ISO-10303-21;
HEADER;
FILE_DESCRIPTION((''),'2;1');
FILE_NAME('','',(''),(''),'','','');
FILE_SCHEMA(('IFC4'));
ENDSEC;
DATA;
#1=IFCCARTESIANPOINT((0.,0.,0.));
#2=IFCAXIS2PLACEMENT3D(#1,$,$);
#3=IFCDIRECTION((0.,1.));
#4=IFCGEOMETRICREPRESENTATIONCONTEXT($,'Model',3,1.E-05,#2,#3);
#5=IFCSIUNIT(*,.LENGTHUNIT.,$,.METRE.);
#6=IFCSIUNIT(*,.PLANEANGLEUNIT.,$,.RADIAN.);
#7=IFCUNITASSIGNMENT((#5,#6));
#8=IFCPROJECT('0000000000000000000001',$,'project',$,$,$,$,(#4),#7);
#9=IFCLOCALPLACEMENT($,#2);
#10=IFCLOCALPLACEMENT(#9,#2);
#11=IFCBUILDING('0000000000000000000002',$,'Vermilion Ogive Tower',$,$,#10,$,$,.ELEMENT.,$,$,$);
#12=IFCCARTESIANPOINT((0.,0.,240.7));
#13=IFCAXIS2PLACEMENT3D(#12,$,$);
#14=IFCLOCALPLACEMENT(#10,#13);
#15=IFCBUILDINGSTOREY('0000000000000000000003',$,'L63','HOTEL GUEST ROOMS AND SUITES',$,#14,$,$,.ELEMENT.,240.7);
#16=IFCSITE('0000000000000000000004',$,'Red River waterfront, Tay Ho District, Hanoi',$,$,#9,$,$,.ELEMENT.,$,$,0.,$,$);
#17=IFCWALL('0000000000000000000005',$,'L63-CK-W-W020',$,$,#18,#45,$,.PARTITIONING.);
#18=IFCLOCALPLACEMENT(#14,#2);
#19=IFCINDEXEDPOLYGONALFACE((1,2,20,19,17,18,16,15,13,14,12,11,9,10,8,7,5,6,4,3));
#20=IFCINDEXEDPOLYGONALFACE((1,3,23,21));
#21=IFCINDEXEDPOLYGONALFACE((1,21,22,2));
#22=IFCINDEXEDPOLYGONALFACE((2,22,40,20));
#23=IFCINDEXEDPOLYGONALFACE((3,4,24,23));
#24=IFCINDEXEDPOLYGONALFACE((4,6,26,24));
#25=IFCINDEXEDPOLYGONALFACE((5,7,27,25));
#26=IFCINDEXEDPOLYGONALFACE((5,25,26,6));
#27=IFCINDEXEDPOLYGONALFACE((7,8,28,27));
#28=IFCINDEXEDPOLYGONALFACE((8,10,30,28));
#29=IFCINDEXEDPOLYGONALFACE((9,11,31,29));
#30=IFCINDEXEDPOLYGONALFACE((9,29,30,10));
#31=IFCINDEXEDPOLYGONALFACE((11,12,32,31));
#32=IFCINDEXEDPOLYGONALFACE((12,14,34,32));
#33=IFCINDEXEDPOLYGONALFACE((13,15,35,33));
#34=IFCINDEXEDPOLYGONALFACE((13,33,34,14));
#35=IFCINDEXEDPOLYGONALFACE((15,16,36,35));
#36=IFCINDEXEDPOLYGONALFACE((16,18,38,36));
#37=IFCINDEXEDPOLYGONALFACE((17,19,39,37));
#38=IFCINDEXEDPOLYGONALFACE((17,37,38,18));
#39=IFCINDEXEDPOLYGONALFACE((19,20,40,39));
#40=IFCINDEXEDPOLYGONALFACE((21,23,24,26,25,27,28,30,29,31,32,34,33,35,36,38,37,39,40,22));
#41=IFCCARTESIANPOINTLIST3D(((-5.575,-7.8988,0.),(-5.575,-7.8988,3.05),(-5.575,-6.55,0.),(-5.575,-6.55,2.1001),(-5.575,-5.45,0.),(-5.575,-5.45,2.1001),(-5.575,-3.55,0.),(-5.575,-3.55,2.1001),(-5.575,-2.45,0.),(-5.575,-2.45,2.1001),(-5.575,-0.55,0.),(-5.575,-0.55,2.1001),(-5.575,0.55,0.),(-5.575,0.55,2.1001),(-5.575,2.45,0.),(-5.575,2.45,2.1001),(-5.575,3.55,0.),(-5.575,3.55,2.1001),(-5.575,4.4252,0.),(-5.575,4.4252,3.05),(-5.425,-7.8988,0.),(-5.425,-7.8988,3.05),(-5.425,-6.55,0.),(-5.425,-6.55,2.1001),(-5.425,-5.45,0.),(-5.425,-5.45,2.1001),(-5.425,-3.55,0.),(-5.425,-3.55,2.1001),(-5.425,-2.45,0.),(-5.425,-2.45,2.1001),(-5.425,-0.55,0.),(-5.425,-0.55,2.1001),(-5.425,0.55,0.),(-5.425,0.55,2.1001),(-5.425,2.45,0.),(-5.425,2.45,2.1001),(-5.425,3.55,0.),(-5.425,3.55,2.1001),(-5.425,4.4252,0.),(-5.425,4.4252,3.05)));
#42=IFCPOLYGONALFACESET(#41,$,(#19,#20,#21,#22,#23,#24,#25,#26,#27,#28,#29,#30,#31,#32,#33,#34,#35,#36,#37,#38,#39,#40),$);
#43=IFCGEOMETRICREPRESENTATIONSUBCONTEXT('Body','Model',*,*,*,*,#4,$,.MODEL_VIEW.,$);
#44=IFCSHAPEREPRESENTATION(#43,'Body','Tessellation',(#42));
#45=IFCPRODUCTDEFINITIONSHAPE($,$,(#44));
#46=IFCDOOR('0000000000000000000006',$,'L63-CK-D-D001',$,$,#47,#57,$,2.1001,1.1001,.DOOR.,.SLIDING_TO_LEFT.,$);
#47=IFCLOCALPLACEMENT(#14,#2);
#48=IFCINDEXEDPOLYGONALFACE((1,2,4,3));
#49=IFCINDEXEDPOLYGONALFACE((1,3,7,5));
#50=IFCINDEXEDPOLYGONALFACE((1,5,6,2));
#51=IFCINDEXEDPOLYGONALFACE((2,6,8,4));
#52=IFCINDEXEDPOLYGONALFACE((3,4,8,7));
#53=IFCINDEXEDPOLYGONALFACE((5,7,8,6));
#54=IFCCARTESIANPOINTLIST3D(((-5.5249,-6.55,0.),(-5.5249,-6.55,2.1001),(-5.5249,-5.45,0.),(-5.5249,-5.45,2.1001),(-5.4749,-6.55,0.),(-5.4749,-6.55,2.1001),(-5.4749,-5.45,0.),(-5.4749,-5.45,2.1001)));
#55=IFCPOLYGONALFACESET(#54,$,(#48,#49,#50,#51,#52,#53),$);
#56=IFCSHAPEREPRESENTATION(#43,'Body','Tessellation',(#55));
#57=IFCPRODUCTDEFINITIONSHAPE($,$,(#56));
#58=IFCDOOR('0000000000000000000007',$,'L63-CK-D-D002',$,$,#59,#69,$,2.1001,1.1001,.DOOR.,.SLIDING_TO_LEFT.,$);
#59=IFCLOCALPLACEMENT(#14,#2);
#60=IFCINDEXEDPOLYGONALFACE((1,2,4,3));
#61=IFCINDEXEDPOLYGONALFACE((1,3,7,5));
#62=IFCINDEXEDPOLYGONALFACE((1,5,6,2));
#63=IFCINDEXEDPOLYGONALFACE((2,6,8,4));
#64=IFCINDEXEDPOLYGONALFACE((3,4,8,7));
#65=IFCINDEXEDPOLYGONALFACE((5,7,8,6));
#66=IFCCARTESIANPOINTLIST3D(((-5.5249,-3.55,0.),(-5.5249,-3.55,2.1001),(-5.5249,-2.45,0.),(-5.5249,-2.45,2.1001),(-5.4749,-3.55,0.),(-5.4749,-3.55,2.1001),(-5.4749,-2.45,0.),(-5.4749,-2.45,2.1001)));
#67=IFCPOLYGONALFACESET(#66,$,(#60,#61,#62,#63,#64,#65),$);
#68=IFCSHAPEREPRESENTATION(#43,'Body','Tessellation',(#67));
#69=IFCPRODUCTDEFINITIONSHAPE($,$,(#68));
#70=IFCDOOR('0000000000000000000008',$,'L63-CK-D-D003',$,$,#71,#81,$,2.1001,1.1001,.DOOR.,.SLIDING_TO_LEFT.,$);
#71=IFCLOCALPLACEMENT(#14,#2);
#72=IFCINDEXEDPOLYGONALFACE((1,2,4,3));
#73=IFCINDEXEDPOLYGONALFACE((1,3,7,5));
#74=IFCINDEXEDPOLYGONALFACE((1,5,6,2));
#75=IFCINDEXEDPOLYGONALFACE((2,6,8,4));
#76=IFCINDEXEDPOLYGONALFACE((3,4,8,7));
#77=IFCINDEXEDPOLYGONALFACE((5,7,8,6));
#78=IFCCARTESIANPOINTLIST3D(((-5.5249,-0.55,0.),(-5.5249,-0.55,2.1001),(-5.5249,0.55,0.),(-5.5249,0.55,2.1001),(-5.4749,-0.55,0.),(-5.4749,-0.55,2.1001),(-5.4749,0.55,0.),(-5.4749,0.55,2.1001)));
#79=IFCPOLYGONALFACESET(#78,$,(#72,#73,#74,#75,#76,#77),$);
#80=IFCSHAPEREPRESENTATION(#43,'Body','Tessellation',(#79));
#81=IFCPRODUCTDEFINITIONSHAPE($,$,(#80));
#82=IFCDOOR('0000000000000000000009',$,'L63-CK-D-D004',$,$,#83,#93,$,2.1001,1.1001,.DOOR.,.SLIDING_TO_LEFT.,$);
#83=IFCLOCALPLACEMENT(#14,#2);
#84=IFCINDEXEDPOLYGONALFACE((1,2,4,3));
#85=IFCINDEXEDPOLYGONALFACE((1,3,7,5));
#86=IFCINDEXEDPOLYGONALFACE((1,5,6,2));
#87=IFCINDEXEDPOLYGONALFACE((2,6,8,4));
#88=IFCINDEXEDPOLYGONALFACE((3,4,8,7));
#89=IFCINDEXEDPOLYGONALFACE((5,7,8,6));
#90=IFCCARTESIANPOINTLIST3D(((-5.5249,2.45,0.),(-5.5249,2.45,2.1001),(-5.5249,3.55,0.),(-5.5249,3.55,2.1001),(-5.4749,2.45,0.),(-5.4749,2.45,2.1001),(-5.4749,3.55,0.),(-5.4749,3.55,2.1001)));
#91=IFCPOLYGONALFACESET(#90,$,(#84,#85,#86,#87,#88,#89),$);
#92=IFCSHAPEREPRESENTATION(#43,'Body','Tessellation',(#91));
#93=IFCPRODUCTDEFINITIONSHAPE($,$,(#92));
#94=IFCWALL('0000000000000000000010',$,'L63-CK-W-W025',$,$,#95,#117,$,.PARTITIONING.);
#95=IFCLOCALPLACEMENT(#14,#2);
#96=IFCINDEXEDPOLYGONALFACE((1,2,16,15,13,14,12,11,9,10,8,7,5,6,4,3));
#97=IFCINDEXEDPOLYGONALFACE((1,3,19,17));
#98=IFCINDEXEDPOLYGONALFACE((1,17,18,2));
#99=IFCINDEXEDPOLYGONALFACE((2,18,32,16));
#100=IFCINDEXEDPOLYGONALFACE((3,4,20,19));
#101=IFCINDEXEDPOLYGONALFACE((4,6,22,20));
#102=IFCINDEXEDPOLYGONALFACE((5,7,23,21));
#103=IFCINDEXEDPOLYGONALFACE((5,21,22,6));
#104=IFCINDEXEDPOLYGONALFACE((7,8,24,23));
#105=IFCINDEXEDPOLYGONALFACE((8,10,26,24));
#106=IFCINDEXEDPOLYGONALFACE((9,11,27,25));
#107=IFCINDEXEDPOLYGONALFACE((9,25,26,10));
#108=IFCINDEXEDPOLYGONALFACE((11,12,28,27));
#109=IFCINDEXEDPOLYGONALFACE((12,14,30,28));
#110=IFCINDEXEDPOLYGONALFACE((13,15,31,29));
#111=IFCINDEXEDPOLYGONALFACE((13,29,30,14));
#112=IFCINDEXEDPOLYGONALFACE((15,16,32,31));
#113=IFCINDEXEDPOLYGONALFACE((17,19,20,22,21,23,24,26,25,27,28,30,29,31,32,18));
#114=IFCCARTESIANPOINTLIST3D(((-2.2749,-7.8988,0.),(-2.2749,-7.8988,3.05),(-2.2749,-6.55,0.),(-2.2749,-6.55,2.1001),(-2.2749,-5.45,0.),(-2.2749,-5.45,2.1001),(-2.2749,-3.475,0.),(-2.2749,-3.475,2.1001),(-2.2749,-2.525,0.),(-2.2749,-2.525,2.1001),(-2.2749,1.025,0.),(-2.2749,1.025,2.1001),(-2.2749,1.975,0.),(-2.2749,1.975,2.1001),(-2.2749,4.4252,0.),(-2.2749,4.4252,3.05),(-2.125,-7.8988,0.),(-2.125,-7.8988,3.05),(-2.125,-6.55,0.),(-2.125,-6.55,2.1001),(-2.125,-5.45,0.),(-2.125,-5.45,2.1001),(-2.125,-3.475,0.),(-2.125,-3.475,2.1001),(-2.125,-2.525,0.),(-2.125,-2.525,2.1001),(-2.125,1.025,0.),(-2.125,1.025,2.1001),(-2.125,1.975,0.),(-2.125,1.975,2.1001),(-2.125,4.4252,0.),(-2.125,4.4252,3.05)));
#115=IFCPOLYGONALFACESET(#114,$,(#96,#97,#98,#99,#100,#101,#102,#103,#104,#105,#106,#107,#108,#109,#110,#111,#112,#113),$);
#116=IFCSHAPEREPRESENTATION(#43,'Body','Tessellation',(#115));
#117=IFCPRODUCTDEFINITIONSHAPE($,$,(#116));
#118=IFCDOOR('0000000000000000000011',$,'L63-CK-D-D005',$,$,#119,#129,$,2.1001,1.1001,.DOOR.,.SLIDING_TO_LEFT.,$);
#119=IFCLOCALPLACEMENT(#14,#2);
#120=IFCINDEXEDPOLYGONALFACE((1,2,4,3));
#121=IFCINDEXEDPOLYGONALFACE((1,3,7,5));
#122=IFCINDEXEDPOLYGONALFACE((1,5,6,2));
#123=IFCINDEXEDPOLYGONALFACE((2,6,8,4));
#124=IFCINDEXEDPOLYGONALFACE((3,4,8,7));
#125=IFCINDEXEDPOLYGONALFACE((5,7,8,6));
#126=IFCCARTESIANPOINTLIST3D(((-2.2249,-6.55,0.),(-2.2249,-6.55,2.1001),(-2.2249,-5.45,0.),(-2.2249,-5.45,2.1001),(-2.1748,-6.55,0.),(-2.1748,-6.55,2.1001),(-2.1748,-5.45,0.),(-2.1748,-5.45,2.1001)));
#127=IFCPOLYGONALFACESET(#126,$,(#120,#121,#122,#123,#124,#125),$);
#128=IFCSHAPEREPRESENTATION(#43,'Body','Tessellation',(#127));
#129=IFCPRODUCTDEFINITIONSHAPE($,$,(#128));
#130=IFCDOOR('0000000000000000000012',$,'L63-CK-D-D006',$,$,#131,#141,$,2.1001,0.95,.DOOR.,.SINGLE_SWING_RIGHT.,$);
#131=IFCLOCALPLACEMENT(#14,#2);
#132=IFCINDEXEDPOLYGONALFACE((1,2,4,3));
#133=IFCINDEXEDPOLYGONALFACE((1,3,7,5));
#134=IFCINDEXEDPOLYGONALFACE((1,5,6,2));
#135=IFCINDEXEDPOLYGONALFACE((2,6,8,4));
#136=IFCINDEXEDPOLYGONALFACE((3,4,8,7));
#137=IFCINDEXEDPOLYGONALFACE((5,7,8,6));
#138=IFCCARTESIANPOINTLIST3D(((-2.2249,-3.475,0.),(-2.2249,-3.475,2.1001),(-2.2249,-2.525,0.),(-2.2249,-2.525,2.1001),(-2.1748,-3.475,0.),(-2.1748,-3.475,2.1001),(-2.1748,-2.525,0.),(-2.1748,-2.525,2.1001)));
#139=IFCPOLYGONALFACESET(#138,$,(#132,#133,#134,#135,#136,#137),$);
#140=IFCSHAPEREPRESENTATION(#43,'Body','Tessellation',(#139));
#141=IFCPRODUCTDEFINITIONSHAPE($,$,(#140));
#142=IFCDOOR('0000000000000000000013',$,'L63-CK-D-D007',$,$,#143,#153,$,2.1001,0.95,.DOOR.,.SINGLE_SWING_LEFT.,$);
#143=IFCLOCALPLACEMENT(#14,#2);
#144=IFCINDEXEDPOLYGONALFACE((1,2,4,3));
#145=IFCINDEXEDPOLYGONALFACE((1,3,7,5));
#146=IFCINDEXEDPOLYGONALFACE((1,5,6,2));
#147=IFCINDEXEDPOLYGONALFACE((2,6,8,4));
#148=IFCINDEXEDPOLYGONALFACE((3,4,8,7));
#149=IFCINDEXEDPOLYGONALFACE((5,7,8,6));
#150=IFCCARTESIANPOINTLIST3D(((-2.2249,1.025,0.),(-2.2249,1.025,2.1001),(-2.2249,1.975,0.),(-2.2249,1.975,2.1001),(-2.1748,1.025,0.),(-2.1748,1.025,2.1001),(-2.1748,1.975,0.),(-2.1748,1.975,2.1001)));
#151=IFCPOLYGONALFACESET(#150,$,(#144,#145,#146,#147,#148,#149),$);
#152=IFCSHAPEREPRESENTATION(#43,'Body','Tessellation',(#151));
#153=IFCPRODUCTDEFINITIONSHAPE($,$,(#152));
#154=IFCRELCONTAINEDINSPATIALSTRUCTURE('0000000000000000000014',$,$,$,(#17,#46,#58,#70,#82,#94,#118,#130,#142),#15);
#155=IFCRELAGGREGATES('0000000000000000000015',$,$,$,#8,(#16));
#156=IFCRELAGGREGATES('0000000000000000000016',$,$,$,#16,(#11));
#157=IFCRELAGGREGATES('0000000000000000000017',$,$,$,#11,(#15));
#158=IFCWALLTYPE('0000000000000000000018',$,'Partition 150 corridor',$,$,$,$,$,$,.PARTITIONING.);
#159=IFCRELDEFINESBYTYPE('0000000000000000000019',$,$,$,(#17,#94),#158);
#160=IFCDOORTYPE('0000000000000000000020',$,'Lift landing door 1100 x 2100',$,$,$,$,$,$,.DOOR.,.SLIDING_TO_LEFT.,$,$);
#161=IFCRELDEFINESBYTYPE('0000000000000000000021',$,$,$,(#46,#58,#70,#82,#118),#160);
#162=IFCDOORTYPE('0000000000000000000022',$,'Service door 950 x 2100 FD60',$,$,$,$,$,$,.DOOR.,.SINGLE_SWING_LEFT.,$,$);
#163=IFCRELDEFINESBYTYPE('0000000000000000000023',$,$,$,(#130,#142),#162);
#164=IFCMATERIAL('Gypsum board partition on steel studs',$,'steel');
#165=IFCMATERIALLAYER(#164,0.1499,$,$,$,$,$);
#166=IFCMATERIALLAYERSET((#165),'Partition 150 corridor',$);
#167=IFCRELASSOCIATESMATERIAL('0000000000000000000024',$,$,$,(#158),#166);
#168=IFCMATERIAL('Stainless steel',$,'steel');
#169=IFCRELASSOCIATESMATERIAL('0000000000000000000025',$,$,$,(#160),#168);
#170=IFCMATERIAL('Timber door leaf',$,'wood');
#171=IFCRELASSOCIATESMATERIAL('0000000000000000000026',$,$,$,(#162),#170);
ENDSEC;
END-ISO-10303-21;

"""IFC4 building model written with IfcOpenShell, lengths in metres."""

from ifc_helpers import new_model, si_unit, direction, frame, frame_2d, origin, place, context, subcontext, project, spatial, rectangle, extrude, material, layer, layer_set, type_object, element, fill, save


model = new_model("IFC4")

# Units and contexts
model_context = context("Model", 3, precision=1e-05, world=origin(), true_north=direction((0.0, 1.0)))
body_context = subcontext(model_context, "Body", "Model", "MODEL_VIEW")
ifc_project = project(units=[si_unit("LENGTHUNIT", "METRE"), si_unit("PLANEANGLEUNIT", "RADIAN")], contexts=[model_context])

# Site, building, storey
site_placement = place(None, origin())
site = spatial("IfcSite", under=ifc_project, at=site_placement, Name="Red River waterfront, Tay Ho District, Hanoi", CompositionType="ELEMENT", RefElevation=0.0)
building_placement = place(site_placement, origin())
building = spatial("IfcBuilding", under=site, at=building_placement, Name="Vermilion Ogive Tower", CompositionType="ELEMENT")
storey_placement = place(building_placement, frame((0.0, 0.0, 240.7)))
storey = spatial("IfcBuildingStorey", under=building, at=storey_placement, Name="L63", Description="HOTEL GUEST ROOMS AND SUITES", CompositionType="ELEMENT", Elevation=240.7)

# Walls, openings, doors
ifc_material_1 = material(Name="Gypsum board partition on steel studs", Category="steel")
ifc_layer_1 = layer(ifc_material_1, 0.1499)
ifc_layer_set_1 = layer_set([ifc_layer_1], Name="Partition 150 corridor")
wall_type_1 = type_object("IfcWallType", Name="Partition 150 corridor", PredefinedType="PARTITIONING", material=ifc_layer_set_1)
wall_1_placement = place(storey_placement, frame((-5.5, -7.8989, 0.0), z_axis=(0.0, 0.0, 1.0), x_axis=(0.0, 1.0, 0.0)))
wall_1 = element("IfcWall", 1, at=wall_1_placement, inside=storey, type_object=wall_type_1, Name="L63-CK-W-W020", PredefinedType="PARTITIONING", context=body_context, shape_type="SweptSolid", body=[
    extrude(rectangle(XDim=12.324, YDim=0.1499, at=frame_2d((6.1621, 0.0))), origin(), (0.0, 0.0, 1.0), 3.05),
])
opening_1_placement = place(wall_1_placement, frame((1.3489, 0.0, 0.0)))
opening_1 = element("IfcOpeningElement", 2, at=opening_1_placement, cuts=wall_1, PredefinedType="OPENING", context=body_context, shape_type="SweptSolid", body=[
    extrude(rectangle(XDim=1.1001, YDim=2.1001, at=frame_2d((0.55, 1.05))), frame((0.0, 0.085, 0.0), z_axis=(0.0, -1.0, 0.0), x_axis=(1.0, 0.0, 0.0)), (0.0, 0.0, 1.0), 0.1699),
])
opening_2_placement = place(wall_1_placement, frame((4.3489, 0.0, 0.0)))
opening_2 = element("IfcOpeningElement", 3, at=opening_2_placement, cuts=wall_1, PredefinedType="OPENING", context=body_context, shape_type="SweptSolid", body=[
    extrude(rectangle(XDim=1.1001, YDim=2.1001, at=frame_2d((0.55, 1.05))), frame((0.0, 0.085, 0.0), z_axis=(0.0, -1.0, 0.0), x_axis=(1.0, 0.0, 0.0)), (0.0, 0.0, 1.0), 0.1699),
])
opening_3_placement = place(wall_1_placement, frame((7.3489, 0.0, 0.0)))
opening_3 = element("IfcOpeningElement", 4, at=opening_3_placement, cuts=wall_1, PredefinedType="OPENING", context=body_context, shape_type="SweptSolid", body=[
    extrude(rectangle(XDim=1.1001, YDim=2.1001, at=frame_2d((0.55, 1.05))), frame((0.0, 0.085, 0.0), z_axis=(0.0, -1.0, 0.0), x_axis=(1.0, 0.0, 0.0)), (0.0, 0.0, 1.0), 0.1699),
])
opening_4_placement = place(wall_1_placement, frame((10.3489, 0.0, 0.0)))
opening_4 = element("IfcOpeningElement", 5, at=opening_4_placement, cuts=wall_1, PredefinedType="OPENING", context=body_context, shape_type="SweptSolid", body=[
    extrude(rectangle(XDim=1.1001, YDim=2.1001, at=frame_2d((0.55, 1.05))), frame((0.0, 0.085, 0.0), z_axis=(0.0, -1.0, 0.0), x_axis=(1.0, 0.0, 0.0)), (0.0, 0.0, 1.0), 0.1699),
])
ifc_material_2 = material(Name="Stainless steel", Category="steel")
door_type_1 = type_object("IfcDoorType", Name="Lift landing door 1100 x 2100", OperationType="SLIDING_TO_LEFT", PredefinedType="DOOR", material=ifc_material_2)
door_1_placement = place(opening_1_placement, origin())
door_1 = element("IfcDoor", 6, at=door_1_placement, inside=storey, type_object=door_type_1, Name="L63-CK-D-D001", OperationType="SLIDING_TO_LEFT", OverallHeight=2.1001, OverallWidth=1.1001, PredefinedType="DOOR", context=body_context, shape_type="SweptSolid", body=[
    extrude(rectangle(XDim=1.1001, YDim=2.1001, at=frame_2d((0.55, 1.05))), frame((0.0, 0.0249, 0.0), z_axis=(0.0, -1.0, 0.0), x_axis=(1.0, 0.0, 0.0)), (0.0, 0.0, 1.0), 0.05),
])
fill(opening_1, door_1)
door_2_placement = place(opening_2_placement, origin())
door_2 = element("IfcDoor", 7, at=door_2_placement, inside=storey, type_object=door_type_1, Name="L63-CK-D-D002", OperationType="SLIDING_TO_LEFT", OverallHeight=2.1001, OverallWidth=1.1001, PredefinedType="DOOR", context=body_context, shape_type="SweptSolid", body=[
    extrude(rectangle(XDim=1.1001, YDim=2.1001, at=frame_2d((0.55, 1.05))), frame((0.0, 0.0249, 0.0), z_axis=(0.0, -1.0, 0.0), x_axis=(1.0, 0.0, 0.0)), (0.0, 0.0, 1.0), 0.05),
])
fill(opening_2, door_2)
door_3_placement = place(opening_3_placement, origin())
door_3 = element("IfcDoor", 8, at=door_3_placement, inside=storey, type_object=door_type_1, Name="L63-CK-D-D003", OperationType="SLIDING_TO_LEFT", OverallHeight=2.1001, OverallWidth=1.1001, PredefinedType="DOOR", context=body_context, shape_type="SweptSolid", body=[
    extrude(rectangle(XDim=1.1001, YDim=2.1001, at=frame_2d((0.55, 1.05))), frame((0.0, 0.0249, 0.0), z_axis=(0.0, -1.0, 0.0), x_axis=(1.0, 0.0, 0.0)), (0.0, 0.0, 1.0), 0.05),
])
fill(opening_3, door_3)
door_4_placement = place(opening_4_placement, origin())
door_4 = element("IfcDoor", 9, at=door_4_placement, inside=storey, type_object=door_type_1, Name="L63-CK-D-D004", OperationType="SLIDING_TO_LEFT", OverallHeight=2.1001, OverallWidth=1.1001, PredefinedType="DOOR", context=body_context, shape_type="SweptSolid", body=[
    extrude(rectangle(XDim=1.1001, YDim=2.1001, at=frame_2d((0.55, 1.05))), frame((0.0, 0.0249, 0.0), z_axis=(0.0, -1.0, 0.0), x_axis=(1.0, 0.0, 0.0)), (0.0, 0.0, 1.0), 0.05),
])
fill(opening_4, door_4)
wall_2_placement = place(storey_placement, frame((-2.2, -7.8989, 0.0), z_axis=(0.0, 0.0, 1.0), x_axis=(0.0, 1.0, 0.0)))
wall_2 = element("IfcWall", 10, at=wall_2_placement, inside=storey, type_object=wall_type_1, Name="L63-CK-W-W025", PredefinedType="PARTITIONING", context=body_context, shape_type="SweptSolid", body=[
    extrude(rectangle(XDim=12.324, YDim=0.1499, at=frame_2d((6.1621, 0.0))), origin(), (0.0, 0.0, 1.0), 3.05),
])
opening_5_placement = place(wall_2_placement, frame((1.3489, 0.0, 0.0)))
opening_5 = element("IfcOpeningElement", 11, at=opening_5_placement, cuts=wall_2, PredefinedType="OPENING", context=body_context, shape_type="SweptSolid", body=[
    extrude(rectangle(XDim=1.1001, YDim=2.1001, at=frame_2d((0.55, 1.05))), frame((0.0, 0.085, 0.0), z_axis=(0.0, -1.0, 0.0), x_axis=(1.0, 0.0, 0.0)), (0.0, 0.0, 1.0), 0.1699),
])
opening_6_placement = place(wall_2_placement, frame((4.4238, 0.0, 0.0)))
opening_6 = element("IfcOpeningElement", 12, at=opening_6_placement, cuts=wall_2, PredefinedType="OPENING", context=body_context, shape_type="SweptSolid", body=[
    extrude(rectangle(XDim=0.95, YDim=2.1001, at=frame_2d((0.4751, 1.05))), frame((0.0, 0.085, 0.0), z_axis=(0.0, -1.0, 0.0), x_axis=(1.0, 0.0, 0.0)), (0.0, 0.0, 1.0), 0.1699),
])
opening_7_placement = place(wall_2_placement, frame((8.9238, 0.0, 0.0)))
opening_7 = element("IfcOpeningElement", 13, at=opening_7_placement, cuts=wall_2, PredefinedType="OPENING", context=body_context, shape_type="SweptSolid", body=[
    extrude(rectangle(XDim=0.95, YDim=2.1001, at=frame_2d((0.4751, 1.05))), frame((0.0, 0.085, 0.0), z_axis=(0.0, -1.0, 0.0), x_axis=(1.0, 0.0, 0.0)), (0.0, 0.0, 1.0), 0.1699),
])
door_5_placement = place(opening_5_placement, origin())
door_5 = element("IfcDoor", 14, at=door_5_placement, inside=storey, type_object=door_type_1, Name="L63-CK-D-D005", OperationType="SLIDING_TO_LEFT", OverallHeight=2.1001, OverallWidth=1.1001, PredefinedType="DOOR", context=body_context, shape_type="SweptSolid", body=[
    extrude(rectangle(XDim=1.1001, YDim=2.1001, at=frame_2d((0.55, 1.05))), frame((0.0, 0.0249, 0.0), z_axis=(0.0, -1.0, 0.0), x_axis=(1.0, 0.0, 0.0)), (0.0, 0.0, 1.0), 0.05),
])
fill(opening_5, door_5)
ifc_material_3 = material(Name="Timber door leaf", Category="wood")
door_type_2 = type_object("IfcDoorType", Name="Service door 950 x 2100 FD60", OperationType="SINGLE_SWING_LEFT", PredefinedType="DOOR", material=ifc_material_3)
door_6_placement = place(opening_6_placement, origin())
door_6 = element("IfcDoor", 15, at=door_6_placement, inside=storey, type_object=door_type_2, Name="L63-CK-D-D006", OperationType="SINGLE_SWING_RIGHT", OverallHeight=2.1001, OverallWidth=0.95, PredefinedType="DOOR", context=body_context, shape_type="SweptSolid", body=[
    extrude(rectangle(XDim=0.95, YDim=2.1001, at=frame_2d((0.4751, 1.05))), frame((0.0, 0.0249, 0.0), z_axis=(0.0, -1.0, 0.0), x_axis=(1.0, 0.0, 0.0)), (0.0, 0.0, 1.0), 0.05),
])
fill(opening_6, door_6)
door_7_placement = place(opening_7_placement, origin())
door_7 = element("IfcDoor", 16, at=door_7_placement, inside=storey, type_object=door_type_2, Name="L63-CK-D-D007", OperationType="SINGLE_SWING_LEFT", OverallHeight=2.1001, OverallWidth=0.95, PredefinedType="DOOR", context=body_context, shape_type="SweptSolid", body=[
    extrude(rectangle(XDim=0.95, YDim=2.1001, at=frame_2d((0.4751, 1.05))), frame((0.0, 0.0249, 0.0), z_axis=(0.0, -1.0, 0.0), x_axis=(1.0, 0.0, 0.0)), (0.0, 0.0, 1.0), 0.05),
])
fill(opening_7, door_7)

save(model, "model.ifc")
